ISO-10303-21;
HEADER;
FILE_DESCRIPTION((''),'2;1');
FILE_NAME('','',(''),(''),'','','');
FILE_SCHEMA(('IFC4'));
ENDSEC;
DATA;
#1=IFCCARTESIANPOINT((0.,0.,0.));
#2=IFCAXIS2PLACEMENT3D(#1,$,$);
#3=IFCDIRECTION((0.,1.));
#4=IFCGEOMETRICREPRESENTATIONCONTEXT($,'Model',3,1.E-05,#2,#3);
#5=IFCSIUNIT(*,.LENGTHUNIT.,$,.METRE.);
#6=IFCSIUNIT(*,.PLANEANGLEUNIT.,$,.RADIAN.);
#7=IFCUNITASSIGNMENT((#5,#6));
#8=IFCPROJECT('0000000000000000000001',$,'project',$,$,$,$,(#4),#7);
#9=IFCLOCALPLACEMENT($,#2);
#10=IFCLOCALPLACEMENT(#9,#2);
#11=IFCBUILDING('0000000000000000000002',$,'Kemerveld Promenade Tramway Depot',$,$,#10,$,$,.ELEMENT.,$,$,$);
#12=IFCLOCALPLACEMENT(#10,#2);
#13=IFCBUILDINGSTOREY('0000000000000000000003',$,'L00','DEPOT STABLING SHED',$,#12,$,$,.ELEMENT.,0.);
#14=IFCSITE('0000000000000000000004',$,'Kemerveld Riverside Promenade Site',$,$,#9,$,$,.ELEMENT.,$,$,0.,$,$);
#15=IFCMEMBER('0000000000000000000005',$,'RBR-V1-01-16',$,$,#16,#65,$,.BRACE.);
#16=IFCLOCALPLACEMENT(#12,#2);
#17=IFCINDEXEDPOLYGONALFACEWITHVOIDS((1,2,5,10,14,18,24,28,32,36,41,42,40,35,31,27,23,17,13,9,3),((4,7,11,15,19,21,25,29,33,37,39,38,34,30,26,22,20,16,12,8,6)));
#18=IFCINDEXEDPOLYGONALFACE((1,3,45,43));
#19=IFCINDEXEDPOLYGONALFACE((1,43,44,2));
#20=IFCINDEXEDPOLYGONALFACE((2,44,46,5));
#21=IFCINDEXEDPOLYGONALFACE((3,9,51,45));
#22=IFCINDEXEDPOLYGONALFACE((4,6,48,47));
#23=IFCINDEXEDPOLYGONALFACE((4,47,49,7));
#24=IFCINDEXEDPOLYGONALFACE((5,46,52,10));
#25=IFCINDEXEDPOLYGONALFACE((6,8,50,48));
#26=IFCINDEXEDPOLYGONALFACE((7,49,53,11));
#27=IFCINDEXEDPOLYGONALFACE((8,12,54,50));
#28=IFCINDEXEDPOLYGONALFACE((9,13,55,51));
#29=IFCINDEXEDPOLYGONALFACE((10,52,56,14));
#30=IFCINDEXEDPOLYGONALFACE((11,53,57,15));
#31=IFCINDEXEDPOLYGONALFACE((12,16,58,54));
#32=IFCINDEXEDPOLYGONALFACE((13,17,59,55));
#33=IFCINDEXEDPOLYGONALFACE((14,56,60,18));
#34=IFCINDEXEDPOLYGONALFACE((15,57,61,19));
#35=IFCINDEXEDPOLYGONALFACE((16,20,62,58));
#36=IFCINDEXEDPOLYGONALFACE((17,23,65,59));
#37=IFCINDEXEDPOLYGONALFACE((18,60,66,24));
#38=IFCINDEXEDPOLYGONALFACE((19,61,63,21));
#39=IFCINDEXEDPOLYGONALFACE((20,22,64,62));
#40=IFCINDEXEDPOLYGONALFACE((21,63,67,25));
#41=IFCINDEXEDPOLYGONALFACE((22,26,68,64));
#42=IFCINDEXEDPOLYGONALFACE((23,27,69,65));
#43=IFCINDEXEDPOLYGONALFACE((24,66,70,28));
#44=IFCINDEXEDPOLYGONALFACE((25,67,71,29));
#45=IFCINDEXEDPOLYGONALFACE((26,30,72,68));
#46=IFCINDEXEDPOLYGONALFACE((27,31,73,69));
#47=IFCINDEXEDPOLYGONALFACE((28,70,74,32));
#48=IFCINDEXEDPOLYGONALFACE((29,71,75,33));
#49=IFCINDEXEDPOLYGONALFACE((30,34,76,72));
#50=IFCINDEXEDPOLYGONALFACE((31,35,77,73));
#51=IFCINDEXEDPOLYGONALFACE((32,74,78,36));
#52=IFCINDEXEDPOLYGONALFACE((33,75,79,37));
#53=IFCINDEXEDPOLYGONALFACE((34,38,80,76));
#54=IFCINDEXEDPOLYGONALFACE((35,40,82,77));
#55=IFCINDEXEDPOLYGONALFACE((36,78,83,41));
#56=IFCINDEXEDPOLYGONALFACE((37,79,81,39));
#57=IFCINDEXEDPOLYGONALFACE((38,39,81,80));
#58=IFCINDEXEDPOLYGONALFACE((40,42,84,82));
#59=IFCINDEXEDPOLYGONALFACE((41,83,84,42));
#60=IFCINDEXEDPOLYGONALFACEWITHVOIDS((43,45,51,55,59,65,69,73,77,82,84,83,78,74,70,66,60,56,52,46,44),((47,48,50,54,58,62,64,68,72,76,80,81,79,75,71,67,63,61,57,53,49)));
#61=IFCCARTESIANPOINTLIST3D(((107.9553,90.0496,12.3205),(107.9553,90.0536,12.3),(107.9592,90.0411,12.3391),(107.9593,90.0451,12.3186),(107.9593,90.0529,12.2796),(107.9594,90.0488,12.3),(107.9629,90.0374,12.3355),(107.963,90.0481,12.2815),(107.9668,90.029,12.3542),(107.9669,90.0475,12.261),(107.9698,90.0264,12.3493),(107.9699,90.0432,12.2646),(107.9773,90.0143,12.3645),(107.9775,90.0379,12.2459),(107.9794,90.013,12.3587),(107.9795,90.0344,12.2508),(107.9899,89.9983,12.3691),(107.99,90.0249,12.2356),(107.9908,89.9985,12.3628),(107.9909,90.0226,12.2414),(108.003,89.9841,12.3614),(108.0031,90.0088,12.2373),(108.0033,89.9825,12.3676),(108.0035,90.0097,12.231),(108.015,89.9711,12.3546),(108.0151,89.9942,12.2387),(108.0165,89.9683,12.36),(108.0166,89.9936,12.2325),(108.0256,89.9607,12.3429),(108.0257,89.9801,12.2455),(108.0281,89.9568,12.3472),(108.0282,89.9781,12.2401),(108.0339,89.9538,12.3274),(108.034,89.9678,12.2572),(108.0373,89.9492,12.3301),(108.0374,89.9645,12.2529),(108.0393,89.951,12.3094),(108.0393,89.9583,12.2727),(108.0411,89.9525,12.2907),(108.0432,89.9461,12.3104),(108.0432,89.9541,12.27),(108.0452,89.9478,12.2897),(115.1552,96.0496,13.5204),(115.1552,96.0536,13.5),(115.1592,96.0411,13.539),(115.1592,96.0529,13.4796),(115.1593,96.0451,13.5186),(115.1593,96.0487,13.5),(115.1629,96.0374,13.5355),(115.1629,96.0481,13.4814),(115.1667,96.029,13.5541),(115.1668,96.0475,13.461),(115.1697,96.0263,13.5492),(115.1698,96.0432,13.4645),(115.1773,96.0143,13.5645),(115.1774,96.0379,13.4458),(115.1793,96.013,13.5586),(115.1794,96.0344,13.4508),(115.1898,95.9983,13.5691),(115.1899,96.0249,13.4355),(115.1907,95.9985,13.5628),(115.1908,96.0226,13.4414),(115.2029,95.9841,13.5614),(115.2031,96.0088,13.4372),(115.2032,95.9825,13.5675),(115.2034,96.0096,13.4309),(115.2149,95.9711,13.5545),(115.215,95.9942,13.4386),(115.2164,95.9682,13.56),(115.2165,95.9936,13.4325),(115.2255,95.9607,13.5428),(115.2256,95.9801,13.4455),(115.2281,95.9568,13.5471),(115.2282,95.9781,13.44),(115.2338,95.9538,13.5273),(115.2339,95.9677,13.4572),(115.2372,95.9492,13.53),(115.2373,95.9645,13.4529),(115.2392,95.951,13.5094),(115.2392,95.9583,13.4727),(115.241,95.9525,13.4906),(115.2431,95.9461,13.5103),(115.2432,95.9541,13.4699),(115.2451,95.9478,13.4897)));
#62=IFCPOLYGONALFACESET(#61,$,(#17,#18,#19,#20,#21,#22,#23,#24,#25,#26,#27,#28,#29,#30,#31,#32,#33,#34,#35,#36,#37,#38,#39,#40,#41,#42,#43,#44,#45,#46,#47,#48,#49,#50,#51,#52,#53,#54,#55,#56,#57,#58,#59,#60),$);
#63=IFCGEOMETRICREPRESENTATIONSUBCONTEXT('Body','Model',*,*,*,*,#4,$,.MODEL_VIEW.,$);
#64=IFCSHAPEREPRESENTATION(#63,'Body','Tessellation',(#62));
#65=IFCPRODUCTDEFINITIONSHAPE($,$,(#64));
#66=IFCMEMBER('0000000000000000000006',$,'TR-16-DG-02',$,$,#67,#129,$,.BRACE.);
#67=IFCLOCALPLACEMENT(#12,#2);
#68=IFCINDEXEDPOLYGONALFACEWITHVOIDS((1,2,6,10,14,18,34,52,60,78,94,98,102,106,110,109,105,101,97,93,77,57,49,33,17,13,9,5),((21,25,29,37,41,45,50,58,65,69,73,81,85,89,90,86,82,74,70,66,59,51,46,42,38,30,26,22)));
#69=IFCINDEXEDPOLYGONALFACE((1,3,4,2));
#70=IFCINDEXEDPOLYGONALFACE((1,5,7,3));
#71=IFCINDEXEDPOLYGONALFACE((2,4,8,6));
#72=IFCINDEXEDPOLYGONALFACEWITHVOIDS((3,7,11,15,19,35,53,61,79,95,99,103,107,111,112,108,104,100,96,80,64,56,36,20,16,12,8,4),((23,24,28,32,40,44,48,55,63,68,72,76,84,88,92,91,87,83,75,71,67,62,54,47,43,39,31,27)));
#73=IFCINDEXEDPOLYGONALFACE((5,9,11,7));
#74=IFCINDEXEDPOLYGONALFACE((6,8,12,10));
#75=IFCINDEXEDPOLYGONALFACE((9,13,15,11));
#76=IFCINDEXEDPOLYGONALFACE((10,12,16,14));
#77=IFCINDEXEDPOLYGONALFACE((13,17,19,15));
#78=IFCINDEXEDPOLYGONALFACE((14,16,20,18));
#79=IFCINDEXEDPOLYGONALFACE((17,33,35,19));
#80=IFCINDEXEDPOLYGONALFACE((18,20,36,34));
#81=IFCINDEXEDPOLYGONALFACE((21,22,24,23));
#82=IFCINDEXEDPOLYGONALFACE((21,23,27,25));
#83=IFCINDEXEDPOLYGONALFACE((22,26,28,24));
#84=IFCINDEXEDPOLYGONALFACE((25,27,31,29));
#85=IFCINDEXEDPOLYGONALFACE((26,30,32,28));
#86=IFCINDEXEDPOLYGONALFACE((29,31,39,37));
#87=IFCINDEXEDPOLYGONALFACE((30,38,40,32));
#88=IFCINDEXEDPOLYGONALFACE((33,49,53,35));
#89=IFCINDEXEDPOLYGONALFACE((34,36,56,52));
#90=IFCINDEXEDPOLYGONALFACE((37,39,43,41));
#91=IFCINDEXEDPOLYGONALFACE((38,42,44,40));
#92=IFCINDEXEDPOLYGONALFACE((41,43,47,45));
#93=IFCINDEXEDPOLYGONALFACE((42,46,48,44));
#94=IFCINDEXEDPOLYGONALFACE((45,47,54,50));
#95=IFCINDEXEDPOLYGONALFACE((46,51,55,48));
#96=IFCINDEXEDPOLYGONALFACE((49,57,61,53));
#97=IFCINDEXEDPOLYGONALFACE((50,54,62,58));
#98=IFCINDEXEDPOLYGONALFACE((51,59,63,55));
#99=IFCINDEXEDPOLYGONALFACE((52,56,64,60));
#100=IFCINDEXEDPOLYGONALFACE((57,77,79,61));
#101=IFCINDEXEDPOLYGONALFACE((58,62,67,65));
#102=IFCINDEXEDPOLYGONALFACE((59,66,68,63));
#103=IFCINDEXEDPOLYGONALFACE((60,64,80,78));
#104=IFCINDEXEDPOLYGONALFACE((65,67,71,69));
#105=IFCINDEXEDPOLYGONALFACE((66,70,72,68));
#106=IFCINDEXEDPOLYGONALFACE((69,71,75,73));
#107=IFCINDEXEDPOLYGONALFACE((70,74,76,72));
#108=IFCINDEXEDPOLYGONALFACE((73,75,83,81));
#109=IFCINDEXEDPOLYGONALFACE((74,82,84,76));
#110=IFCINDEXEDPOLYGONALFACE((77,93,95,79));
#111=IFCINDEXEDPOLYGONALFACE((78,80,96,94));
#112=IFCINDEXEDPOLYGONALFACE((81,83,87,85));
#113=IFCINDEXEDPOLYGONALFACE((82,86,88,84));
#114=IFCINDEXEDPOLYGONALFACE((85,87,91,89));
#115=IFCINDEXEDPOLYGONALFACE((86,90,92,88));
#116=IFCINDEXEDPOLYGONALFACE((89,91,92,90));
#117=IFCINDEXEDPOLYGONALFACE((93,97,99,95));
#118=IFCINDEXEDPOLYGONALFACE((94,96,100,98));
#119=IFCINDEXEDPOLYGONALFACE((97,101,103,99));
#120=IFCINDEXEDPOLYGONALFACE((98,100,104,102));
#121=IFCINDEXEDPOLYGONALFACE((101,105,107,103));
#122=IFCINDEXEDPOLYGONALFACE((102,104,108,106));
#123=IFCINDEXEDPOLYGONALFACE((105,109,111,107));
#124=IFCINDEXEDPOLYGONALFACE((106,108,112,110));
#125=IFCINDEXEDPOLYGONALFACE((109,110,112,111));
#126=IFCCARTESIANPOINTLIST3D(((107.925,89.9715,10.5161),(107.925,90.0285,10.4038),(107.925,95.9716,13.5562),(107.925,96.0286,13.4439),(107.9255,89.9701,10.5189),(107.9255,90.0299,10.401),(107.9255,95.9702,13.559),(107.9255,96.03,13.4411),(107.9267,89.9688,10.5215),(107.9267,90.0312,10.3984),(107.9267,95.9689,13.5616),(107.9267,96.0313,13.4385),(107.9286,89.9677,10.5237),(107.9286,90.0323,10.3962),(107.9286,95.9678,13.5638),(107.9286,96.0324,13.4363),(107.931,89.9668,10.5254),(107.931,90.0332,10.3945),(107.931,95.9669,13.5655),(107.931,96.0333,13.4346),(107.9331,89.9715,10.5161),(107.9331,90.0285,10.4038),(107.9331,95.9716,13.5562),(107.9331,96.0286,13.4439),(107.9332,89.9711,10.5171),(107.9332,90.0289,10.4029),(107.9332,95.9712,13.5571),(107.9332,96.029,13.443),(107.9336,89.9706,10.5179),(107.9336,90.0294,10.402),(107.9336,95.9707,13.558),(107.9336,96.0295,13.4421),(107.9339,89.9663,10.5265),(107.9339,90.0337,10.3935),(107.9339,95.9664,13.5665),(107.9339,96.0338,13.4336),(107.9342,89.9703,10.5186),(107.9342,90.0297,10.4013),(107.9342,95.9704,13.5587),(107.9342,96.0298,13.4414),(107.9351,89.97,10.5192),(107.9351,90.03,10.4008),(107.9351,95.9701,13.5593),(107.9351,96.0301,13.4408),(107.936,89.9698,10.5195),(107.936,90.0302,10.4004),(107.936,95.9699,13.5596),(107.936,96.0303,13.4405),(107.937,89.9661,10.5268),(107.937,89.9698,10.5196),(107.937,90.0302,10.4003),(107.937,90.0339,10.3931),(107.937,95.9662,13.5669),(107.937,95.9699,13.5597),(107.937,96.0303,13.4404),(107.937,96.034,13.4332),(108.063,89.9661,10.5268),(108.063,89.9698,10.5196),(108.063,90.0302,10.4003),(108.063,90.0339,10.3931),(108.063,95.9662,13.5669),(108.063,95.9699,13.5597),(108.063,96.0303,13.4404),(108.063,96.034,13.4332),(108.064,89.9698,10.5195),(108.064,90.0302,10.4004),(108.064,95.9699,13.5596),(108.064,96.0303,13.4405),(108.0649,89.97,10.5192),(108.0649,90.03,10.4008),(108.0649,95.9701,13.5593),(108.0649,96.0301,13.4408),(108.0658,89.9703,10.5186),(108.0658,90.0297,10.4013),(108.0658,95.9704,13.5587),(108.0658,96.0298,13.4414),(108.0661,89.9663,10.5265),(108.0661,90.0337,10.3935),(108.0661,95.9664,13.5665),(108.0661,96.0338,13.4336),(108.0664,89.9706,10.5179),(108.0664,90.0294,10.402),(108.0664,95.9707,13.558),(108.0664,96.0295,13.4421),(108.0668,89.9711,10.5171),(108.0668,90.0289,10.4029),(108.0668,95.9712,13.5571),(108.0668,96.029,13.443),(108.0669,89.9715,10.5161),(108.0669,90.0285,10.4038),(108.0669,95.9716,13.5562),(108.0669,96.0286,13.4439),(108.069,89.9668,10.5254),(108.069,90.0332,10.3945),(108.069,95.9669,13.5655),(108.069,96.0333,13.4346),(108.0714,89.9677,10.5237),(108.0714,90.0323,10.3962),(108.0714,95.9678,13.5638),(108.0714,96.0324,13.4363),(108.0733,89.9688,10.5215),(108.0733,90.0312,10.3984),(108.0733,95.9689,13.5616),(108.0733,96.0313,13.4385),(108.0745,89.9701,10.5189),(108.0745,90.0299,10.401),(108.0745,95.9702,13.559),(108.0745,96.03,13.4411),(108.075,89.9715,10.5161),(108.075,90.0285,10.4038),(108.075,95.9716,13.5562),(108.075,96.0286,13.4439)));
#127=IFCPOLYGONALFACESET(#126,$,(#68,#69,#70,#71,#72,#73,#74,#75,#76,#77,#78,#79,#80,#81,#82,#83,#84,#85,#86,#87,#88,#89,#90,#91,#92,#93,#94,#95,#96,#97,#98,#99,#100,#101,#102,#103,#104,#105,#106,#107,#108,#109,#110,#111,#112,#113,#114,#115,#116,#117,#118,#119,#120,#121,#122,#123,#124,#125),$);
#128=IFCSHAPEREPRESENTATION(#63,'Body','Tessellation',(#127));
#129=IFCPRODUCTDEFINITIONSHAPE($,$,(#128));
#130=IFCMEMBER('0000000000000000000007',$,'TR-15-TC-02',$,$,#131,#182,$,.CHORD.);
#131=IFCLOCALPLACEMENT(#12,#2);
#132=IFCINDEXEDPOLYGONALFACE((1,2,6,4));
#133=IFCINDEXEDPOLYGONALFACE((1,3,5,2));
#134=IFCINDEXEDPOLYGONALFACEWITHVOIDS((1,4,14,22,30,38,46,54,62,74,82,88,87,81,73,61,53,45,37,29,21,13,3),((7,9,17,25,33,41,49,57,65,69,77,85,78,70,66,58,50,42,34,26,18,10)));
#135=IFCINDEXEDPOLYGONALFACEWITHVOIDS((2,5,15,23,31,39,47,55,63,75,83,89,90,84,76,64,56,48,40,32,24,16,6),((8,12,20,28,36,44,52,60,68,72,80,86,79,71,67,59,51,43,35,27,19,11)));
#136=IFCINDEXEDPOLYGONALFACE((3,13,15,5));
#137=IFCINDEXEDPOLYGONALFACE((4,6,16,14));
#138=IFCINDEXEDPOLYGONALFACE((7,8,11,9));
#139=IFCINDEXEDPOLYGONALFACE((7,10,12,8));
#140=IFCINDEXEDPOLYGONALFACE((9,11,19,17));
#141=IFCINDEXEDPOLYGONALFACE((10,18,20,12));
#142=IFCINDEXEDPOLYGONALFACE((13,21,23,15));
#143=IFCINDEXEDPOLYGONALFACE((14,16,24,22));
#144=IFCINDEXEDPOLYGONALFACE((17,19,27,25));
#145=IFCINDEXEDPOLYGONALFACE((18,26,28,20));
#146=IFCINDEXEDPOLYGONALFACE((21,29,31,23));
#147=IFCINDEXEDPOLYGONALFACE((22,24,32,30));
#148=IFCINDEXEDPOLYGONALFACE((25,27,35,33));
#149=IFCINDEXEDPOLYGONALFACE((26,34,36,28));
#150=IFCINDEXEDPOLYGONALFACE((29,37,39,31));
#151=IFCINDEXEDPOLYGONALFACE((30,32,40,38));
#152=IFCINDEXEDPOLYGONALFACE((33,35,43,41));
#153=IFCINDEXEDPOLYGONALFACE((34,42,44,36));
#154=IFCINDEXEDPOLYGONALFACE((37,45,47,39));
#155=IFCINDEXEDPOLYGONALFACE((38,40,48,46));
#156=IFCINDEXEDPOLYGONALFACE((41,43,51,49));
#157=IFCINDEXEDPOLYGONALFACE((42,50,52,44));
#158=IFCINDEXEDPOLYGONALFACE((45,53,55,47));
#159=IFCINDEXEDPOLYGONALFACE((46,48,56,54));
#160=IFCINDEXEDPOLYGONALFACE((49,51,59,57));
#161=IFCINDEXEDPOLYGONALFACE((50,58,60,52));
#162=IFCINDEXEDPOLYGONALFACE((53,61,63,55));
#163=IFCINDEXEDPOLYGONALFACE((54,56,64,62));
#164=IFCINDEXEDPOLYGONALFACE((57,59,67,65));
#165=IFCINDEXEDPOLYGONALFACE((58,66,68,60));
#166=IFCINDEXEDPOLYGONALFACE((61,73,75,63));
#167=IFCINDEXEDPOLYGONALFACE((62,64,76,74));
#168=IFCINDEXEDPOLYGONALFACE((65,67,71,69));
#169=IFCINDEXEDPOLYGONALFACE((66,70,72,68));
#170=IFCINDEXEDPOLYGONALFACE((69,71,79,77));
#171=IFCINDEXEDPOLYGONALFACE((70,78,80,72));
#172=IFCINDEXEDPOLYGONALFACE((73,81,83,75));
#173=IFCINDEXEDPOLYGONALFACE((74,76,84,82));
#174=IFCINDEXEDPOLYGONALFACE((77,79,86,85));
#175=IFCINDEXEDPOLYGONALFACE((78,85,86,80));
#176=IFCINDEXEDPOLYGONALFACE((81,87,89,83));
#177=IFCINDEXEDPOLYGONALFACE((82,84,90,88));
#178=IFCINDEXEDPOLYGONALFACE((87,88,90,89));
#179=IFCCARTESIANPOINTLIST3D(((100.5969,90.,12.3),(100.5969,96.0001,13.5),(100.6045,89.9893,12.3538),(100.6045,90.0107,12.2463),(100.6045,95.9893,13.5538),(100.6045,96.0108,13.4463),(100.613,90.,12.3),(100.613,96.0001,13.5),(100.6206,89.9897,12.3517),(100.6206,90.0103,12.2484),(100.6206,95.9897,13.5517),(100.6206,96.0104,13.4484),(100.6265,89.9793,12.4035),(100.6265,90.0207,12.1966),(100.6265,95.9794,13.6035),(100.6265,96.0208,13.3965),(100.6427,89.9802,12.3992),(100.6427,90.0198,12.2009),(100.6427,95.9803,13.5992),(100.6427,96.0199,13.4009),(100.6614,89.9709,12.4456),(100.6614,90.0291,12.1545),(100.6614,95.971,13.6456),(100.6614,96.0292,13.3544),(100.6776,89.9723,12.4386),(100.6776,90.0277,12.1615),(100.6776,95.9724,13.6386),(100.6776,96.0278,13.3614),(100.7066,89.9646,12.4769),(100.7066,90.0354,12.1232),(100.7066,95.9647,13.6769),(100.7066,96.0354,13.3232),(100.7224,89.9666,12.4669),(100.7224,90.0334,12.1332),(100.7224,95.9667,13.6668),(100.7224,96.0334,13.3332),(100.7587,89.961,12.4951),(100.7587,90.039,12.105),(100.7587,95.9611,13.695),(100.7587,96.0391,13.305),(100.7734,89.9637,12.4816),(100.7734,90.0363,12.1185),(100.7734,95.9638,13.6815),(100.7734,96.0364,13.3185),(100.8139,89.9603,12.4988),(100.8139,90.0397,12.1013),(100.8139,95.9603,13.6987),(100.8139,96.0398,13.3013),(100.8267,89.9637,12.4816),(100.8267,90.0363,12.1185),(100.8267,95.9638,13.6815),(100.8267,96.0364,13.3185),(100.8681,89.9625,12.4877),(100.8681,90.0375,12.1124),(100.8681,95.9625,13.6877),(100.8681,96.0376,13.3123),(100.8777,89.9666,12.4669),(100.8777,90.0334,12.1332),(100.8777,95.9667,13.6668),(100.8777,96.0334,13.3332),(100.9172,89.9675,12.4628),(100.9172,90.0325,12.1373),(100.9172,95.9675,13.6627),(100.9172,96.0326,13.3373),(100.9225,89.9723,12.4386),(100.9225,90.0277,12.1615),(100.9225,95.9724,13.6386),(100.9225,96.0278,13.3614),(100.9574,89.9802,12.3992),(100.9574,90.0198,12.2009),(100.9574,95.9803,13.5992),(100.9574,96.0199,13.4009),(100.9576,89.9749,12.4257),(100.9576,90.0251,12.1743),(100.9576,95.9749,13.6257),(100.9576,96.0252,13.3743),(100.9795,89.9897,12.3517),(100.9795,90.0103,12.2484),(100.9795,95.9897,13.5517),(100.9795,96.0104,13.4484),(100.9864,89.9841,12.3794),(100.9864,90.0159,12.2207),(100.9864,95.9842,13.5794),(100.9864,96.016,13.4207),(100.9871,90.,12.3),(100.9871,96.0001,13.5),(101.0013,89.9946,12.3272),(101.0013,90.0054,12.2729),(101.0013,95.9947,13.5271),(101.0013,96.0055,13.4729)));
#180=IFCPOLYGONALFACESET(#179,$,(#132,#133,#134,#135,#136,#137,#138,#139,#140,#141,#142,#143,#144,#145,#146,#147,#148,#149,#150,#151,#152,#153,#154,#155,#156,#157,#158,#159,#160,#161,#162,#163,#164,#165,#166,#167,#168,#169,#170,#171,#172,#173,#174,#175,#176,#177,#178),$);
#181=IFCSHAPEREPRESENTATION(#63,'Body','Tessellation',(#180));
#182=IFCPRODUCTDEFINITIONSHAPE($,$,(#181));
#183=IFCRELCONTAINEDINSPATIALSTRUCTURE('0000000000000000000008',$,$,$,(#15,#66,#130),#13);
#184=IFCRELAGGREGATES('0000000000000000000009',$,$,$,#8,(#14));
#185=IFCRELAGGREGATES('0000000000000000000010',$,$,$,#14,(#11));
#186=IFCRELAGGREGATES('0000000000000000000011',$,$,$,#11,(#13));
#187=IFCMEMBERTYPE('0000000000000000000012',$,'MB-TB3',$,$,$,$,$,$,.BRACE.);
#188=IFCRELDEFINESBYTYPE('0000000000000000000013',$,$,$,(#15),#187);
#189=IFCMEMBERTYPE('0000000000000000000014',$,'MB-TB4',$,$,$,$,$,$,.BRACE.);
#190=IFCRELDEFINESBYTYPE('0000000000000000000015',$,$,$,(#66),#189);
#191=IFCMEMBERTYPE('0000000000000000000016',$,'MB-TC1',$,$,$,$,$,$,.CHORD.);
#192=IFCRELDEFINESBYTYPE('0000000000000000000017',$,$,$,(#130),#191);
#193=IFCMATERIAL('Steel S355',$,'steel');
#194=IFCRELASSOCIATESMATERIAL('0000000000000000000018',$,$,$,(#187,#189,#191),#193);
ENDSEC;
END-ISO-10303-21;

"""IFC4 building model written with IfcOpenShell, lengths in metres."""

from ifc_helpers import new_model, si_unit, direction, frame, origin, origin_2d, place, context, subcontext, project, spatial, hollow_rectangle, hollow_circle, extrude, material, material_profile, profile_set, type_object, element, save


model = new_model("IFC4")

# Units and contexts
model_context = context("Model", 3, precision=1e-05, world=origin(), true_north=direction((0.0, 1.0)))
body_context = subcontext(model_context, "Body", "Model", "MODEL_VIEW")
ifc_project = project(units=[si_unit("LENGTHUNIT", "METRE"), si_unit("PLANEANGLEUNIT", "RADIAN")], contexts=[model_context])

# Site, building, storey
site_placement = place(None, origin())
site = spatial("IfcSite", under=ifc_project, at=site_placement, Name="Kemerveld Riverside Promenade Site", CompositionType="ELEMENT", RefElevation=0.0)
building_placement = place(site_placement, origin())
building = spatial("IfcBuilding", under=site, at=building_placement, Name="Kemerveld Promenade Tramway Depot", CompositionType="ELEMENT")
storey_placement = place(building_placement, origin())
storey = spatial("IfcBuildingStorey", under=building, at=storey_placement, Name="L00", Description="DEPOT STABLING SHED", CompositionType="ELEMENT", Elevation=0.0)

# Members
ifc_material_1 = material(Name="Steel S355", Category="steel")
ifc_material_profile_1 = material_profile(ifc_material_1, hollow_circle(Radius=0.0698, WallThickness=0.0063, at=origin_2d()), Name="139.7x6.3 CHS")
ifc_profile_set_1 = profile_set([ifc_material_profile_1], Name="Steel S355")
member_type_1 = type_object("IfcMemberType", Name="MB-TB3", PredefinedType="BRACE", material=ifc_profile_set_1)
member_1_placement = place(storey_placement, frame((108.0, 90.0, 12.3), z_axis=(0.761999, 0.635004, 0.126996), x_axis=(-0.640187, 0.768219, 0.0)))
element("IfcMember", 1, at=member_1_placement, inside=storey, type_object=member_type_1, Name="RBR-V1-01-16", PredefinedType="BRACE", context=body_context, shape_type="SweptSolid", body=[
    extrude(hollow_circle(Radius=0.0698, WallThickness=0.0063, at=origin_2d()), origin(), (0.0, 0.0, 1.0), 9.4487),
])
ifc_material_profile_2 = material_profile(ifc_material_1, hollow_rectangle(XDim=0.1499, YDim=0.1499, WallThickness=0.0081, InnerFilletRadius=0.0039, OuterFilletRadius=0.012, at=origin_2d()), Name="150x150x8.0 SHS")
ifc_profile_set_2 = profile_set([ifc_material_profile_2], Name="Steel S355")
member_type_2 = type_object("IfcMemberType", Name="MB-TB4", PredefinedType="BRACE", material=ifc_profile_set_2)
member_2_placement = place(storey_placement, frame((108.0, 90.0, 10.46), z_axis=(0.0, 0.892033, 0.451969), x_axis=(-1.0, 0.0, 0.0)))
element("IfcMember", 2, at=member_2_placement, inside=storey, type_object=member_type_2, Name="TR-16-DG-02", PredefinedType="BRACE", context=body_context, shape_type="SweptSolid", body=[
    extrude(hollow_rectangle(XDim=0.1499, YDim=0.1499, WallThickness=0.0081, InnerFilletRadius=0.0039, OuterFilletRadius=0.012, at=origin_2d()), origin(), (0.0, 0.0, 1.0), 6.7263),
])
ifc_material_profile_3 = material_profile(ifc_material_1, hollow_circle(Radius=0.2031, WallThickness=0.0161, at=origin_2d()), Name="406.4x16.0 CHS")
ifc_profile_set_3 = profile_set([ifc_material_profile_3], Name="Steel S355")
member_type_3 = type_object("IfcMemberType", Name="MB-TC1", PredefinedType="CHORD", material=ifc_profile_set_3)
member_3_placement = place(storey_placement, frame((100.8, 90.0, 12.3), z_axis=(0.0, 0.980582, 0.196108), x_axis=(-1.0, 0.0, 0.0)))
element("IfcMember", 3, at=member_3_placement, inside=storey, type_object=member_type_3, Name="TR-15-TC-02", PredefinedType="CHORD", context=body_context, shape_type="SweptSolid", body=[
    extrude(hollow_circle(Radius=0.2031, WallThickness=0.0161, at=origin_2d()), origin(), (0.0, 0.0, 1.0), 6.1189),
])

save(model, "model.ifc")
